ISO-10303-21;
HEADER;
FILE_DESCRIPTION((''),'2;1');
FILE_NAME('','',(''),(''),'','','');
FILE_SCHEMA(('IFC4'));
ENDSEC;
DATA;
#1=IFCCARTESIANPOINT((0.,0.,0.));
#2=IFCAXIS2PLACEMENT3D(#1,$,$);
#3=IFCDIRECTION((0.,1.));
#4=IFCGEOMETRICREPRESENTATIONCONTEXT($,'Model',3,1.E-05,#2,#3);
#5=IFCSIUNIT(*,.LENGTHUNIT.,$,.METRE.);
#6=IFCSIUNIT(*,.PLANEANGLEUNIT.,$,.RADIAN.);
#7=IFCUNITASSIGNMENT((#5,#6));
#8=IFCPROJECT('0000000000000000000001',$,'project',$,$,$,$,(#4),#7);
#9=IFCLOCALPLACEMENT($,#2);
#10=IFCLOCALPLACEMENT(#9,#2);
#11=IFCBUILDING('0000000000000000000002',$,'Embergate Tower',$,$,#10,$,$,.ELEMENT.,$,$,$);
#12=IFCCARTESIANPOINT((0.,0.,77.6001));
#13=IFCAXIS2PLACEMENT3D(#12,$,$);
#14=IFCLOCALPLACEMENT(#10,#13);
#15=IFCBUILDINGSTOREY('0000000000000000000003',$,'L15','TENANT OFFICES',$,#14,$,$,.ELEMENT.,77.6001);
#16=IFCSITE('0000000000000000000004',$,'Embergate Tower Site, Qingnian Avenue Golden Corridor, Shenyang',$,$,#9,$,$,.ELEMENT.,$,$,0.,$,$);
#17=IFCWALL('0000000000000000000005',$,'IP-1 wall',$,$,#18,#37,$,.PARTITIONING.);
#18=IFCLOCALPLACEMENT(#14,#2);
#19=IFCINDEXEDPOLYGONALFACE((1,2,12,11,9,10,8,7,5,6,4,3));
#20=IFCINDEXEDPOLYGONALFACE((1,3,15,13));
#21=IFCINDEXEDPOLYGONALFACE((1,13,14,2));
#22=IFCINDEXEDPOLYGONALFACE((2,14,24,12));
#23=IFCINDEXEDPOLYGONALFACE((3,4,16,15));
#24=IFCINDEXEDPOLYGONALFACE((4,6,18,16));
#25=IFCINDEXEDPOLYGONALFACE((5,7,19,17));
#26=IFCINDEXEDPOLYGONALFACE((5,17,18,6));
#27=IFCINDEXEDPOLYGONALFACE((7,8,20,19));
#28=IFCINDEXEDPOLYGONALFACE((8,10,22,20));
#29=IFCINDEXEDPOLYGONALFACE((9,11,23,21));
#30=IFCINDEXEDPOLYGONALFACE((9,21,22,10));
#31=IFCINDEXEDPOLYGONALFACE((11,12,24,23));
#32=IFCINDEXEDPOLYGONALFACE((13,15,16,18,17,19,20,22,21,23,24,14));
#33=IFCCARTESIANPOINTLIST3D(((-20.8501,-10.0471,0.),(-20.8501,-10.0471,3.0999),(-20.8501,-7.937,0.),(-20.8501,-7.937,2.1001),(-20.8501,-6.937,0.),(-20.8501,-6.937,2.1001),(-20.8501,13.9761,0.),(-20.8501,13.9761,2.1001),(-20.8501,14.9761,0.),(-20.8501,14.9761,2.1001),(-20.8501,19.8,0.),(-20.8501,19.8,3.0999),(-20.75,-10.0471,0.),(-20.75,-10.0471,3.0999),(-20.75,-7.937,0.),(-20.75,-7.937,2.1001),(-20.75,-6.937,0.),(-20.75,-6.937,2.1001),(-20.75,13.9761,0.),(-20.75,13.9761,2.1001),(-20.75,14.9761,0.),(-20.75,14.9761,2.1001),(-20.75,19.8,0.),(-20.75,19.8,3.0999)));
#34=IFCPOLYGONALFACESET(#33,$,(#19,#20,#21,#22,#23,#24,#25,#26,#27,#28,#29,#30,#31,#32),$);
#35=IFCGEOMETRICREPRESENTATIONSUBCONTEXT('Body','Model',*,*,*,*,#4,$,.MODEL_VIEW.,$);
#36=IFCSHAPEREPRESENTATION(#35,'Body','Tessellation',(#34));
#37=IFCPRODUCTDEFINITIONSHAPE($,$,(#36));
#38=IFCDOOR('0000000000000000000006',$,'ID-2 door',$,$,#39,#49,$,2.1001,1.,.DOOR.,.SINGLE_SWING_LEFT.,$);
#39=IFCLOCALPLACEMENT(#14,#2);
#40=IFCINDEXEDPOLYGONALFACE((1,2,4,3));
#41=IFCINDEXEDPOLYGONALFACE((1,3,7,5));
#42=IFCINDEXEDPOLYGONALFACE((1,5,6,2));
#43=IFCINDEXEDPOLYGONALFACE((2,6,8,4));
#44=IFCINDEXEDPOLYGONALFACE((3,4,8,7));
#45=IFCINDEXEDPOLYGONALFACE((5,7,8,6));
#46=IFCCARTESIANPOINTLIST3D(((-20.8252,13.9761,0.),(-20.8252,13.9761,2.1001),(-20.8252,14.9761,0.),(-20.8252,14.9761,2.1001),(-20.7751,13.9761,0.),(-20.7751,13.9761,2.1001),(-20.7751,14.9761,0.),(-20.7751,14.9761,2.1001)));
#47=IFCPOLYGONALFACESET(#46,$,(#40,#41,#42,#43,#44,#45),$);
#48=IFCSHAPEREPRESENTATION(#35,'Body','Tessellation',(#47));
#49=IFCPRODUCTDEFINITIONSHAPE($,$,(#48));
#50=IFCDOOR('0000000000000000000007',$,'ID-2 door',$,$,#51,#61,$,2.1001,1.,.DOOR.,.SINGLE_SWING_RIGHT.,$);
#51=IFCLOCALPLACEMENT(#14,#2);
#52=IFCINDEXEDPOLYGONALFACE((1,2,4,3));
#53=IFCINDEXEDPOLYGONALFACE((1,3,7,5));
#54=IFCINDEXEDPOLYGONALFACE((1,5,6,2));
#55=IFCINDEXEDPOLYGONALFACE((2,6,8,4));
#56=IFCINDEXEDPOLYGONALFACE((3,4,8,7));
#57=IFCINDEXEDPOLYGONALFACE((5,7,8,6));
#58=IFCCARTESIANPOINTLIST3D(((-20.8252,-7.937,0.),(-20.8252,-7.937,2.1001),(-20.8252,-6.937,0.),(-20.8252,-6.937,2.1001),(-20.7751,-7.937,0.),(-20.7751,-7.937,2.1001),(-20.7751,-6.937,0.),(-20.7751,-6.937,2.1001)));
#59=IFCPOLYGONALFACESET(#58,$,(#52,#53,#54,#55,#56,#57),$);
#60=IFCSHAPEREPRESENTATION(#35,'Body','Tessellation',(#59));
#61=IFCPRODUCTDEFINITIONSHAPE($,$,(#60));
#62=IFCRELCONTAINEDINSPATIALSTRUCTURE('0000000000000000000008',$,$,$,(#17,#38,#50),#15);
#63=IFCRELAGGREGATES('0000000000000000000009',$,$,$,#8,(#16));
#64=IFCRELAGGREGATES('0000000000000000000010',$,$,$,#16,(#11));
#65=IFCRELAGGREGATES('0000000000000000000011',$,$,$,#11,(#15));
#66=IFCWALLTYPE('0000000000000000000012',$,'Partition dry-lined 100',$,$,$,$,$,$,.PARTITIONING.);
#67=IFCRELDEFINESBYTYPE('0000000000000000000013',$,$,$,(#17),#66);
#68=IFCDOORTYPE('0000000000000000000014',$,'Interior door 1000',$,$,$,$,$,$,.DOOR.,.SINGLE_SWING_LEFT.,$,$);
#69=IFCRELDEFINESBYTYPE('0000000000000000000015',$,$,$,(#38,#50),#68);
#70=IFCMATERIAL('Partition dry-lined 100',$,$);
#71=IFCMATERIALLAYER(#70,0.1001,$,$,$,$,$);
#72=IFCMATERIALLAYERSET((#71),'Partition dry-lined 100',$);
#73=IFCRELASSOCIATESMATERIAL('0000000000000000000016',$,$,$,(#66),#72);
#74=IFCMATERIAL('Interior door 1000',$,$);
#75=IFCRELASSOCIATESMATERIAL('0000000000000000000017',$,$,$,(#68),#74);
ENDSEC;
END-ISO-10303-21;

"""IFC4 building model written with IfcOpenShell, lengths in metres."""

from ifc_helpers import new_model, si_unit, direction, frame, frame_2d, origin, place, context, subcontext, project, spatial, rectangle, extrude, source, transform, mapped, material, layer, layer_set, type_object, element, fill, save


model = new_model("IFC4")

# Units and contexts
model_context = context("Model", 3, precision=1e-05, world=origin(), true_north=direction((0.0, 1.0)))
body_context = subcontext(model_context, "Body", "Model", "MODEL_VIEW")
ifc_project = project(units=[si_unit("LENGTHUNIT", "METRE"), si_unit("PLANEANGLEUNIT", "RADIAN")], contexts=[model_context])

# Site, building, storey
site_placement = place(None, origin())
site = spatial("IfcSite", under=ifc_project, at=site_placement, Name="Embergate Tower Site, Qingnian Avenue Golden Corridor, Shenyang", CompositionType="ELEMENT", RefElevation=0.0)
building_placement = place(site_placement, origin())
building = spatial("IfcBuilding", under=site, at=building_placement, Name="Embergate Tower", CompositionType="ELEMENT")
storey_placement = place(building_placement, frame((0.0, 0.0, 77.6001)))
storey = spatial("IfcBuildingStorey", under=building, at=storey_placement, Name="L15", Description="TENANT OFFICES", CompositionType="ELEMENT", Elevation=77.6001)

# Wall, openings, doors
ifc_material_1 = material(Name="Partition dry-lined 100")
ifc_layer_1 = layer(ifc_material_1, 0.1001)
ifc_layer_set_1 = layer_set([ifc_layer_1], Name="Partition dry-lined 100")
wall_type = type_object("IfcWallType", Name="Partition dry-lined 100", PredefinedType="PARTITIONING", material=ifc_layer_set_1)
shared_shape_1 = source(origin(), body_context, "Body", "SweptSolid", [
    extrude(rectangle(XDim=29.8472, YDim=0.1001, at=frame_2d((14.9236, 0.0))), origin(), (0.0, 0.0, 1.0), 3.0999),
])
wall_placement = place(storey_placement, frame((-20.8, 19.8, 0.0), z_axis=(0.0, 0.0, 1.0), x_axis=(0.0, -1.0, 0.0)))
wall = element("IfcWall", 1, at=wall_placement, inside=storey, type_object=wall_type, Name="IP-1 wall", PredefinedType="PARTITIONING", context=body_context, shape_type="MappedRepresentation", body=[
    mapped(shared_shape_1, transform((0.0, 0.0, 0.0))),
])
shared_shape_2 = source(origin(), body_context, "Body", "SweptSolid", [
    extrude(rectangle(XDim=1.0, YDim=2.1001, at=frame_2d((0.5, 1.05))), frame((0.0, 0.0601, 0.0), z_axis=(0.0, -1.0, 0.0), x_axis=(1.0, 0.0, 0.0)), (0.0, 0.0, 1.0), 0.1201),
])
opening_1_placement = place(wall_placement, frame((4.824, 0.0, 0.0)))
opening_1 = element("IfcOpeningElement", 2, at=opening_1_placement, cuts=wall, PredefinedType="OPENING", context=body_context, shape_type="MappedRepresentation", body=[
    mapped(shared_shape_2, transform((0.0, 0.0, 0.0))),
])
opening_2_placement = place(wall_placement, frame((26.7371, 0.0, 0.0)))
opening_2 = element("IfcOpeningElement", 3, at=opening_2_placement, cuts=wall, PredefinedType="OPENING", context=body_context, shape_type="MappedRepresentation", body=[
    mapped(shared_shape_2, transform((0.0, 0.0, 0.0))),
])
ifc_material_2 = material(Name="Interior door 1000")
door_type = type_object("IfcDoorType", Name="Interior door 1000", OperationType="SINGLE_SWING_LEFT", PredefinedType="DOOR", material=ifc_material_2)
shared_shape_3 = source(origin(), body_context, "Body", "SweptSolid", [
    extrude(rectangle(XDim=1.0, YDim=2.1001, at=frame_2d((0.5, 1.05))), frame((0.0, 0.0249, 0.0), z_axis=(0.0, -1.0, 0.0), x_axis=(1.0, 0.0, 0.0)), (0.0, 0.0, 1.0), 0.05),
])
door_1_placement = place(opening_1_placement, origin())
door_1 = element("IfcDoor", 4, at=door_1_placement, inside=storey, type_object=door_type, Name="ID-2 door", OperationType="SINGLE_SWING_LEFT", OverallHeight=2.1001, OverallWidth=1.0, PredefinedType="DOOR", context=body_context, shape_type="MappedRepresentation", body=[
    mapped(shared_shape_3, transform((0.0, 0.0, 0.0))),
])
fill(opening_1, door_1)
door_2_placement = place(opening_2_placement, origin())
door_2 = element("IfcDoor", 5, at=door_2_placement, inside=storey, type_object=door_type, Name="ID-2 door", OperationType="SINGLE_SWING_RIGHT", OverallHeight=2.1001, OverallWidth=1.0, PredefinedType="DOOR", context=body_context, shape_type="MappedRepresentation", body=[
    mapped(shared_shape_3, transform((0.0, 0.0, 0.0))),
])
fill(opening_2, door_2)

save(model, "model.ifc")
